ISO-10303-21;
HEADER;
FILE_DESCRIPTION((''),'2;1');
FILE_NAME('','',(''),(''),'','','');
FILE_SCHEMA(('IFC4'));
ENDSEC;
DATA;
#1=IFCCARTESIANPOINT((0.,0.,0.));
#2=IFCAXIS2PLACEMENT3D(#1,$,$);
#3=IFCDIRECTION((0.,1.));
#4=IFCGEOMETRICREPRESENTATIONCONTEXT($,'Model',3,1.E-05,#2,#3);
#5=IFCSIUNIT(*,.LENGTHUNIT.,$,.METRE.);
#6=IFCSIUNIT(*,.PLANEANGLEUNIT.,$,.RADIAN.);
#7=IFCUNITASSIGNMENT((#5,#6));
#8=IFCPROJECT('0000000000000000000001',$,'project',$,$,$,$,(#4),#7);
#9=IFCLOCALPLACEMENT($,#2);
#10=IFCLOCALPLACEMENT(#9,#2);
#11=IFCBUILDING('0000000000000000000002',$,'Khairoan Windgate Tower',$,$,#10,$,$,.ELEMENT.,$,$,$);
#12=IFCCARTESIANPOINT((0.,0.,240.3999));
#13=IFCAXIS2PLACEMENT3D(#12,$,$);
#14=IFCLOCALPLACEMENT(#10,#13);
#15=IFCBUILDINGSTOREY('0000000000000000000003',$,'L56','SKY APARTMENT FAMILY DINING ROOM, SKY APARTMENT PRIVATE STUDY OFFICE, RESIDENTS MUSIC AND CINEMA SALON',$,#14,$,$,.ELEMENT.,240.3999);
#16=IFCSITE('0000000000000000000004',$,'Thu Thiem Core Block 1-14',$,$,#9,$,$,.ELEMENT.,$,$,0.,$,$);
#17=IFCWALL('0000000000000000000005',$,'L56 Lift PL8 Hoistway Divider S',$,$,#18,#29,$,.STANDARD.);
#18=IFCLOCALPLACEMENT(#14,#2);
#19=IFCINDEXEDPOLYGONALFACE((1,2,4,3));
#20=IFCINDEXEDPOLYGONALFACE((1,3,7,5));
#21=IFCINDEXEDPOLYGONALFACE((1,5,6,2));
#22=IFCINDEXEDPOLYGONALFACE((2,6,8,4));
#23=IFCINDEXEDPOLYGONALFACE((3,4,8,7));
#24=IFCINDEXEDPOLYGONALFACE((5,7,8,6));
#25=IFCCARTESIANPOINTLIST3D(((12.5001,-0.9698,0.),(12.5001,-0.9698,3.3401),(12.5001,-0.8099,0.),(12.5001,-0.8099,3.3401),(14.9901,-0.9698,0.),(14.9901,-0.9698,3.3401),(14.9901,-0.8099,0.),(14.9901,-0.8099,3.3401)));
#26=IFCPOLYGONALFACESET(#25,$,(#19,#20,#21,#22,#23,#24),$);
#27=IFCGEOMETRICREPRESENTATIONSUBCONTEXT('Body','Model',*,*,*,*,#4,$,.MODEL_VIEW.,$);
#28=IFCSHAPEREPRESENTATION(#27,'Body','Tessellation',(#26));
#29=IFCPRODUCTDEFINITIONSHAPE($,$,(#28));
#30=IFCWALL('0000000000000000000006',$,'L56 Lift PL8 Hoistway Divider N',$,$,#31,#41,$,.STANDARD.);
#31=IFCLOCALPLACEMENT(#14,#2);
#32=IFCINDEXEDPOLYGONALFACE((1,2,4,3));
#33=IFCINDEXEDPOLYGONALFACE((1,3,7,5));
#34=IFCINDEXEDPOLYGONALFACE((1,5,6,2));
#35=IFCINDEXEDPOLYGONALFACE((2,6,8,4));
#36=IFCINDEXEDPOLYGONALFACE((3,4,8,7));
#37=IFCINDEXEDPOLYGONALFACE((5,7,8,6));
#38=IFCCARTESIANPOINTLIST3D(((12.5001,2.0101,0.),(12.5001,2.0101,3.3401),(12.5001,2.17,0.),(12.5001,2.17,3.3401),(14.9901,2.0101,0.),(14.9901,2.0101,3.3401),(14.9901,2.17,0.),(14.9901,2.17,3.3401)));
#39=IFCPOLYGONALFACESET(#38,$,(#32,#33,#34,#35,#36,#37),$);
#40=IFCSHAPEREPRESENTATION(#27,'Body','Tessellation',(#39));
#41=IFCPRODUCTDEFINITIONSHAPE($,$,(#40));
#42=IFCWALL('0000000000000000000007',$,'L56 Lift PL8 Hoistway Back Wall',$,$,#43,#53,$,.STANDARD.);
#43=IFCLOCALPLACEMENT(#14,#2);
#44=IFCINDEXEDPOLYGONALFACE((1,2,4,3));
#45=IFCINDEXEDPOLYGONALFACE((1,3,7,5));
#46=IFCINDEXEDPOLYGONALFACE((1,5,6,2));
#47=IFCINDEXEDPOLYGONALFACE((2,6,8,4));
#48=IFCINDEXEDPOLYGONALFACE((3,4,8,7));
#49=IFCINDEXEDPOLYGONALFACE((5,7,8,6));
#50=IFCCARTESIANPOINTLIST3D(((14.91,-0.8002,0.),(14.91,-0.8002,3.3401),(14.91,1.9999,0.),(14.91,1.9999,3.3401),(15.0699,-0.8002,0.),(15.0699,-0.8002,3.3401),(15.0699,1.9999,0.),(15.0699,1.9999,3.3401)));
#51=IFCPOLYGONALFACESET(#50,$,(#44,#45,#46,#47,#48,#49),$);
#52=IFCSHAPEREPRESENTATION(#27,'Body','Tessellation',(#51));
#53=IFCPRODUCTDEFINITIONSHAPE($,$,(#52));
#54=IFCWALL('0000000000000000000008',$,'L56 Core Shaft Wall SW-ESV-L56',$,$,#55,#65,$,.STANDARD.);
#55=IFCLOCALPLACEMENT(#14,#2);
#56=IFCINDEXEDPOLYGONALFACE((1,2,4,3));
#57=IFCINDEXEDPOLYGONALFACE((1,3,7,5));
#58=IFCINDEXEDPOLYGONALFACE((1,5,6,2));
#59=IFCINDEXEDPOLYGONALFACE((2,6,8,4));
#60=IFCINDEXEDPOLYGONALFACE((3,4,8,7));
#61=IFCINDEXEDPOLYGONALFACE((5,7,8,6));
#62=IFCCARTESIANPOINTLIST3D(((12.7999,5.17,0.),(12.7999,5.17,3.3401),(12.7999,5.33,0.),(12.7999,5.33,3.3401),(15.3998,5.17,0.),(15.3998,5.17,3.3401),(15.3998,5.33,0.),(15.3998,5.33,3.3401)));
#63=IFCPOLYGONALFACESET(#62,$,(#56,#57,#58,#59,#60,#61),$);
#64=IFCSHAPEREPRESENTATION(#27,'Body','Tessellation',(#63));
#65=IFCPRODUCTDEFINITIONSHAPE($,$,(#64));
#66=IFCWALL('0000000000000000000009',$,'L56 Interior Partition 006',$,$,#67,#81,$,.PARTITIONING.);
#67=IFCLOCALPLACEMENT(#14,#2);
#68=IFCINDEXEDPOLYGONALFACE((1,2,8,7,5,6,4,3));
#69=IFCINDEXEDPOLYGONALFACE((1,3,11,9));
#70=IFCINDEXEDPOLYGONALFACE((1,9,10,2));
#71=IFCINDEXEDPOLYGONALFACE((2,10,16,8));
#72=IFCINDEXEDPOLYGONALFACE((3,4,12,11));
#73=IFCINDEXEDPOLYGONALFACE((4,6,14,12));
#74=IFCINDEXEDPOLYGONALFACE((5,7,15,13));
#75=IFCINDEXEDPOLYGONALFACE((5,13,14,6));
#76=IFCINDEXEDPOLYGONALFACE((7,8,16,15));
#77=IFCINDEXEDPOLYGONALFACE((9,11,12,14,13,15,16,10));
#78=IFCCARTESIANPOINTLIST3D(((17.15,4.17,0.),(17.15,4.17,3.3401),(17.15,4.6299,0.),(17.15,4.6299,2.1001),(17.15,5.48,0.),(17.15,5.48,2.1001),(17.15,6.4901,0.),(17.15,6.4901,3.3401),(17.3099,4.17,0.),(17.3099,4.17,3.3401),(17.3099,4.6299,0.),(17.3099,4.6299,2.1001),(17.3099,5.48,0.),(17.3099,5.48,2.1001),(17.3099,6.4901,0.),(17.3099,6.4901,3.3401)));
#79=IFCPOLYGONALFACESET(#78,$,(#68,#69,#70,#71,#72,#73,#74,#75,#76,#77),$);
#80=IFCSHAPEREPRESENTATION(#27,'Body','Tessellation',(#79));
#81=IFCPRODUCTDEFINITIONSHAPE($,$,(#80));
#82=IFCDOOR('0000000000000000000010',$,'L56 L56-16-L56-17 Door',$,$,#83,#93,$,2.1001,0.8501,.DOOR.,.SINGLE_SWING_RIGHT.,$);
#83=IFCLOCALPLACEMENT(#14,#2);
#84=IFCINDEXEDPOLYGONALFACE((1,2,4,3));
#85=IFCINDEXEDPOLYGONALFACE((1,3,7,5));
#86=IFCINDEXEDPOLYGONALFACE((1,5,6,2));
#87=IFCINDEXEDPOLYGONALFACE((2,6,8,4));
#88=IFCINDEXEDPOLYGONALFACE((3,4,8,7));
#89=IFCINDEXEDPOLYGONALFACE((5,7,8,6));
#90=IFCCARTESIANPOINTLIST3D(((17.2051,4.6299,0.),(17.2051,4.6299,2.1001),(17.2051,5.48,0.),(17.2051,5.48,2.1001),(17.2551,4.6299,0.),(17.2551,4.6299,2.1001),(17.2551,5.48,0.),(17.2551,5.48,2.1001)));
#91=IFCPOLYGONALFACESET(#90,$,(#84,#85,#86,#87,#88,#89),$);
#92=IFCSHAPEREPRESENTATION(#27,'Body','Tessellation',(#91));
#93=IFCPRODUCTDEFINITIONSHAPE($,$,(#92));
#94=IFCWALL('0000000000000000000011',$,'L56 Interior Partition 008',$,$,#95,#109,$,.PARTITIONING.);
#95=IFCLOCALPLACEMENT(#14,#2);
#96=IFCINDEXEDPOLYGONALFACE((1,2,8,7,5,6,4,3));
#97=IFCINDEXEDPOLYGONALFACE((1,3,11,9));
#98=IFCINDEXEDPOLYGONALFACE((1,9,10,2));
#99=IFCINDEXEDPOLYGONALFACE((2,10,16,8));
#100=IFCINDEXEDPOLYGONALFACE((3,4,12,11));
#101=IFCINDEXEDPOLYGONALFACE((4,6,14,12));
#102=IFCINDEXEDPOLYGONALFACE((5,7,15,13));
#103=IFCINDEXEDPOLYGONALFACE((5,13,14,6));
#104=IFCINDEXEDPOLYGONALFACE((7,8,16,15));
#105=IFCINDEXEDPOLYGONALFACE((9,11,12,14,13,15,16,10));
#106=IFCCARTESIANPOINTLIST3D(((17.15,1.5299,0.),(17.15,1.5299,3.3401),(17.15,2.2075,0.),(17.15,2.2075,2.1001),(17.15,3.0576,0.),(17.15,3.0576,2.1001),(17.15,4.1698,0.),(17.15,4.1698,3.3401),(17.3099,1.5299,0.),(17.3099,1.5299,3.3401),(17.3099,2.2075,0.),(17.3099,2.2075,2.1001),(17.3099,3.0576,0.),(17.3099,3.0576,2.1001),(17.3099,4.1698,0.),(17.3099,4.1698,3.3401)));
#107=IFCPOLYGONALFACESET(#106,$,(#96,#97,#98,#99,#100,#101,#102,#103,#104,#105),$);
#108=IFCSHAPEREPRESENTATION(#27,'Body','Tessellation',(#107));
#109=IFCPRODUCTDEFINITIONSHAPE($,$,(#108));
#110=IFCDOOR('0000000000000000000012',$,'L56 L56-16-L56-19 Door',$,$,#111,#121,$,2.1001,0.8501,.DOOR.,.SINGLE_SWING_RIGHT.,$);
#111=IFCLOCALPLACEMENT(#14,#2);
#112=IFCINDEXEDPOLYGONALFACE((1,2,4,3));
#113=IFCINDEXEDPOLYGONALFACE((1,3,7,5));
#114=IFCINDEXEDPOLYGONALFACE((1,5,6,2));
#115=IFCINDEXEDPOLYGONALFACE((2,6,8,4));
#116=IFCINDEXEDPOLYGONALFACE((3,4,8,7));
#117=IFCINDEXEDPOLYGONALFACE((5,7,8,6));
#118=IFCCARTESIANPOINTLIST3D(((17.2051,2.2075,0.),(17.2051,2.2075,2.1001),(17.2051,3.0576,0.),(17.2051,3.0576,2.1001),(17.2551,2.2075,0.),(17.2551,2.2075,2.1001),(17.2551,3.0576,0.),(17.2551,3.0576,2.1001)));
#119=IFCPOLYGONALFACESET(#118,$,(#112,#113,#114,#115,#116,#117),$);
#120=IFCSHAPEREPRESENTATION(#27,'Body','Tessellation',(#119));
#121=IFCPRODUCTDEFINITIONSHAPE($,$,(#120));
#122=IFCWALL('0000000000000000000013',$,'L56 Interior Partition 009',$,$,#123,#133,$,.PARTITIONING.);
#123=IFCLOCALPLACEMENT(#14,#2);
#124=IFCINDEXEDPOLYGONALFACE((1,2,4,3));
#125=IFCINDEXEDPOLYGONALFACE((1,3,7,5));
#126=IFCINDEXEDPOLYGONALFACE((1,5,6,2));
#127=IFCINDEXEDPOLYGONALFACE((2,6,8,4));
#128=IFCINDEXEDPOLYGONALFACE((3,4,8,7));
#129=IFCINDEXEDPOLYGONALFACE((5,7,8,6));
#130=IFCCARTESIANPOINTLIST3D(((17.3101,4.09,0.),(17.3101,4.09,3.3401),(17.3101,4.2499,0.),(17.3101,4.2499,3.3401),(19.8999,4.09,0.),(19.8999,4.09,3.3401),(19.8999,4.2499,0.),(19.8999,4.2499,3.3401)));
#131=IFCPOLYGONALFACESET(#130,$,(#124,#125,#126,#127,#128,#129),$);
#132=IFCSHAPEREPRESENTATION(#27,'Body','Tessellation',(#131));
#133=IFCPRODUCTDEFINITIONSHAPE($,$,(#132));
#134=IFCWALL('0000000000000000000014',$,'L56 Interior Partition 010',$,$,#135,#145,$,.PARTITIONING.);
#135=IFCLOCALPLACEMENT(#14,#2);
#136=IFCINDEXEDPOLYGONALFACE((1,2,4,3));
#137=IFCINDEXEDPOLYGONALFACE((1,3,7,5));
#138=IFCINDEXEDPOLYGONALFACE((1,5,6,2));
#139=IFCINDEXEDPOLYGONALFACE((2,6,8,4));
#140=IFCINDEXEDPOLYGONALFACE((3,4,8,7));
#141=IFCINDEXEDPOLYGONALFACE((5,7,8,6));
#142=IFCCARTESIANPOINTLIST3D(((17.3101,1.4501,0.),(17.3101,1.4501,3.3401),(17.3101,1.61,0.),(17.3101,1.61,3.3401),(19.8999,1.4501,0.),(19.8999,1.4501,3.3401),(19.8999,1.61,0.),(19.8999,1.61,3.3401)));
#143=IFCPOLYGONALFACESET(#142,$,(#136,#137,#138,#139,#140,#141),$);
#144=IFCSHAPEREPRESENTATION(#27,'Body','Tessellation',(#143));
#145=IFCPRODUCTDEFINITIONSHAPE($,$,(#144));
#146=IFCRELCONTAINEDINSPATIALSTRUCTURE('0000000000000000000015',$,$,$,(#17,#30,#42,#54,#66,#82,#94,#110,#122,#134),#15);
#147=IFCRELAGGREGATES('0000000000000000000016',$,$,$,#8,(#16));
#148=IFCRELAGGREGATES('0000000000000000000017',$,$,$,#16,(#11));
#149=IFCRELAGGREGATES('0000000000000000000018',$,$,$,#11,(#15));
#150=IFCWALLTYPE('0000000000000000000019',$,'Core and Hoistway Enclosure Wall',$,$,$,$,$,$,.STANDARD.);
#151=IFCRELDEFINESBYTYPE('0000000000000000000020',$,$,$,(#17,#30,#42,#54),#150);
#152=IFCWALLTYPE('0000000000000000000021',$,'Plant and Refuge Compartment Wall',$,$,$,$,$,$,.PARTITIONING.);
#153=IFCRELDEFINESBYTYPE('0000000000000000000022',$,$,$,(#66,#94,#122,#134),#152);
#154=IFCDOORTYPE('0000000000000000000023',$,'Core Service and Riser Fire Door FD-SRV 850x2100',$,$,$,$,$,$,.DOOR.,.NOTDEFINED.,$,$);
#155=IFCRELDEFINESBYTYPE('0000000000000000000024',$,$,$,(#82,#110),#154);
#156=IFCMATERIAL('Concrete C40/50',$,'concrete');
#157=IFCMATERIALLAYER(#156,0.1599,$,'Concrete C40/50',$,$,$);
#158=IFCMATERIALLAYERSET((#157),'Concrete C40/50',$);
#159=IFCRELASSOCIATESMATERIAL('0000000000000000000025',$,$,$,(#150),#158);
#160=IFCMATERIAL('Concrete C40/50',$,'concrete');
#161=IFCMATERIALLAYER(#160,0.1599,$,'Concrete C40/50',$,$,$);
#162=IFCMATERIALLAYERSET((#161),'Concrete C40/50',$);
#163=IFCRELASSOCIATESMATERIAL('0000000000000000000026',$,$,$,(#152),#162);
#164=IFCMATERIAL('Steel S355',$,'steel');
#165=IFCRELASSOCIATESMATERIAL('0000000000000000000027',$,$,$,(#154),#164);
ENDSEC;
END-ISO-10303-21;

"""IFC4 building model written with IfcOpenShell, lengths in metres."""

from ifc_helpers import new_model, si_unit, direction, frame, frame_2d, origin, place, context, subcontext, project, spatial, rectangle, extrude, material, layer, layer_set, type_object, element, fill, save


model = new_model("IFC4")

# Units and contexts
model_context = context("Model", 3, precision=1e-05, world=origin(), true_north=direction((0.0, 1.0)))
body_context = subcontext(model_context, "Body", "Model", "MODEL_VIEW")
ifc_project = project(units=[si_unit("LENGTHUNIT", "METRE"), si_unit("PLANEANGLEUNIT", "RADIAN")], contexts=[model_context])

# Site, building, storey
site_placement = place(None, origin())
site = spatial("IfcSite", under=ifc_project, at=site_placement, Name="Thu Thiem Core Block 1-14", CompositionType="ELEMENT", RefElevation=0.0)
building_placement = place(site_placement, origin())
building = spatial("IfcBuilding", under=site, at=building_placement, Name="Khairoan Windgate Tower", CompositionType="ELEMENT")
storey_placement = place(building_placement, frame((0.0, 0.0, 240.3999)))
storey = spatial("IfcBuildingStorey", under=building, at=storey_placement, Name="L56", Description="SKY APARTMENT FAMILY DINING ROOM, SKY APARTMENT PRIVATE STUDY OFFICE, RESIDENTS MUSIC AND CINEMA SALON", CompositionType="ELEMENT", Elevation=240.3999)

# Walls
ifc_material_1 = material(Name="Concrete C40/50", Category="concrete")
ifc_layer_1 = layer(ifc_material_1, 0.1599, Name="Concrete C40/50")
ifc_layer_set_1 = layer_set([ifc_layer_1], Name="Concrete C40/50")
wall_type_1 = type_object("IfcWallType", Name="Core and Hoistway Enclosure Wall", PredefinedType="STANDARD", material=ifc_layer_set_1)
for number, where, z_axis, x_axis, name in (
    (1, (12.5, -0.8899, 0.0), (0.0, 0.0, 1.0), (1.0, 0.0, 0.0), "L56 Lift PL8 Hoistway Divider S"),
    (2, (12.5, 2.0901, 0.0), (0.0, 0.0, 1.0), (1.0, 0.0, 0.0), "L56 Lift PL8 Hoistway Divider N"),
):
    element("IfcWall", number, at=place(storey_placement, frame(where, z_axis=z_axis, x_axis=x_axis)), inside=storey, type_object=wall_type_1, Name=name, PredefinedType="STANDARD", context=body_context, shape_type="SweptSolid", body=[
        extrude(rectangle(XDim=2.49, YDim=0.1599, at=frame_2d((1.2451, 0.0))), origin(), (0.0, 0.0, 1.0), 3.3401),
    ])
wall_1_placement = place(storey_placement, frame((14.99, -0.8, 0.0), z_axis=(0.0, 0.0, 1.0), x_axis=(0.0, 1.0, 0.0)))
element("IfcWall", 3, at=wall_1_placement, inside=storey, type_object=wall_type_1, Name="L56 Lift PL8 Hoistway Back Wall", PredefinedType="STANDARD", context=body_context, shape_type="SweptSolid", body=[
    extrude(rectangle(XDim=2.8, YDim=0.1599, at=frame_2d((1.3999, 0.0))), origin(), (0.0, 0.0, 1.0), 3.3401),
])
wall_2_placement = place(storey_placement, frame((12.8, 5.25, 0.0), z_axis=(0.0, 0.0, 1.0), x_axis=(1.0, 0.0, 0.0)))
element("IfcWall", 4, at=wall_2_placement, inside=storey, type_object=wall_type_1, Name="L56 Core Shaft Wall SW-ESV-L56", PredefinedType="STANDARD", context=body_context, shape_type="SweptSolid", body=[
    extrude(rectangle(XDim=2.5999, YDim=0.1599, at=frame_2d((1.2998, 0.0))), origin(), (0.0, 0.0, 1.0), 3.3401),
])

# Walls, openings, doors
ifc_material_2 = material(Name="Concrete C40/50", Category="concrete")
ifc_layer_2 = layer(ifc_material_2, 0.1599, Name="Concrete C40/50")
ifc_layer_set_2 = layer_set([ifc_layer_2], Name="Concrete C40/50")
wall_type_2 = type_object("IfcWallType", Name="Plant and Refuge Compartment Wall", PredefinedType="PARTITIONING", material=ifc_layer_set_2)
wall_3_placement = place(storey_placement, frame((17.23, 4.1699, 0.0), z_axis=(0.0, 0.0, 1.0), x_axis=(0.0, 1.0, 0.0)))
wall_3 = element("IfcWall", 5, at=wall_3_placement, inside=storey, type_object=wall_type_2, Name="L56 Interior Partition 006", PredefinedType="PARTITIONING", context=body_context, shape_type="SweptSolid", body=[
    extrude(rectangle(XDim=2.3201, YDim=0.1599, at=frame_2d((1.1602, 0.0))), origin(), (0.0, 0.0, 1.0), 3.3401),
])
opening_1_placement = place(wall_3_placement, frame((0.46, 0.0, 0.0)))
opening_1 = element("IfcOpeningElement", 6, at=opening_1_placement, cuts=wall_3, PredefinedType="OPENING", context=body_context, shape_type="SweptSolid", body=[
    extrude(rectangle(XDim=0.8501, YDim=2.1001, at=frame_2d((0.425, 1.05))), frame((0.0, 0.0898, 0.0), z_axis=(0.0, -1.0, 0.0), x_axis=(1.0, 0.0, 0.0)), (0.0, 0.0, 1.0), 0.1799),
])
ifc_material_3 = material(Name="Steel S355", Category="steel")
door_type = type_object("IfcDoorType", Name="Core Service and Riser Fire Door FD-SRV 850x2100", OperationType="NOTDEFINED", PredefinedType="DOOR", material=ifc_material_3)
door_1_placement = place(opening_1_placement, origin())
door_1 = element("IfcDoor", 7, at=door_1_placement, inside=storey, type_object=door_type, Name="L56 L56-16-L56-17 Door", OperationType="SINGLE_SWING_RIGHT", OverallHeight=2.1001, OverallWidth=0.8501, PredefinedType="DOOR", context=body_context, shape_type="SweptSolid", body=[
    extrude(rectangle(XDim=0.8501, YDim=2.1001, at=frame_2d((0.425, 1.05))), frame((0.0, 0.0249, 0.0), z_axis=(0.0, -1.0, 0.0), x_axis=(1.0, 0.0, 0.0)), (0.0, 0.0, 1.0), 0.05),
])
fill(opening_1, door_1)
wall_4_placement = place(storey_placement, frame((17.23, 1.53, 0.0), z_axis=(0.0, 0.0, 1.0), x_axis=(0.0, 1.0, 0.0)))
wall_4 = element("IfcWall", 8, at=wall_4_placement, inside=storey, type_object=wall_type_2, Name="L56 Interior Partition 008", PredefinedType="PARTITIONING", context=body_context, shape_type="SweptSolid", body=[
    extrude(rectangle(XDim=2.6399, YDim=0.1599, at=frame_2d((1.3198, 0.0))), origin(), (0.0, 0.0, 1.0), 3.3401),
])
opening_2_placement = place(wall_4_placement, frame((0.6775, 0.0, 0.0)))
opening_2 = element("IfcOpeningElement", 9, at=opening_2_placement, cuts=wall_4, PredefinedType="OPENING", context=body_context, shape_type="SweptSolid", body=[
    extrude(rectangle(XDim=0.8501, YDim=2.1001, at=frame_2d((0.425, 1.05))), frame((0.0, 0.0898, 0.0), z_axis=(0.0, -1.0, 0.0), x_axis=(1.0, 0.0, 0.0)), (0.0, 0.0, 1.0), 0.1799),
])
door_2_placement = place(opening_2_placement, origin())
door_2 = element("IfcDoor", 10, at=door_2_placement, inside=storey, type_object=door_type, Name="L56 L56-16-L56-19 Door", OperationType="SINGLE_SWING_RIGHT", OverallHeight=2.1001, OverallWidth=0.8501, PredefinedType="DOOR", context=body_context, shape_type="SweptSolid", body=[
    extrude(rectangle(XDim=0.8501, YDim=2.1001, at=frame_2d((0.425, 1.05))), frame((0.0, 0.0249, 0.0), z_axis=(0.0, -1.0, 0.0), x_axis=(1.0, 0.0, 0.0)), (0.0, 0.0, 1.0), 0.05),
])
fill(opening_2, door_2)

# Walls
for number, where, z_axis, x_axis, name in (
    (11, (17.3101, 4.1699, 0.0), (0.0, 0.0, 1.0), (1.0, 0.0, 0.0), "L56 Interior Partition 009"),
    (12, (17.3101, 1.53, 0.0), (0.0, 0.0, 1.0), (1.0, 0.0, 0.0), "L56 Interior Partition 010"),
):
    element("IfcWall", number, at=place(storey_placement, frame(where, z_axis=z_axis, x_axis=x_axis)), inside=storey, type_object=wall_type_2, Name=name, PredefinedType="PARTITIONING", context=body_context, shape_type="SweptSolid", body=[
        extrude(rectangle(XDim=2.5898, YDim=0.1599, at=frame_2d((1.2949, 0.0))), origin(), (0.0, 0.0, 1.0), 3.3401),
    ])

save(model, "model.ifc")
